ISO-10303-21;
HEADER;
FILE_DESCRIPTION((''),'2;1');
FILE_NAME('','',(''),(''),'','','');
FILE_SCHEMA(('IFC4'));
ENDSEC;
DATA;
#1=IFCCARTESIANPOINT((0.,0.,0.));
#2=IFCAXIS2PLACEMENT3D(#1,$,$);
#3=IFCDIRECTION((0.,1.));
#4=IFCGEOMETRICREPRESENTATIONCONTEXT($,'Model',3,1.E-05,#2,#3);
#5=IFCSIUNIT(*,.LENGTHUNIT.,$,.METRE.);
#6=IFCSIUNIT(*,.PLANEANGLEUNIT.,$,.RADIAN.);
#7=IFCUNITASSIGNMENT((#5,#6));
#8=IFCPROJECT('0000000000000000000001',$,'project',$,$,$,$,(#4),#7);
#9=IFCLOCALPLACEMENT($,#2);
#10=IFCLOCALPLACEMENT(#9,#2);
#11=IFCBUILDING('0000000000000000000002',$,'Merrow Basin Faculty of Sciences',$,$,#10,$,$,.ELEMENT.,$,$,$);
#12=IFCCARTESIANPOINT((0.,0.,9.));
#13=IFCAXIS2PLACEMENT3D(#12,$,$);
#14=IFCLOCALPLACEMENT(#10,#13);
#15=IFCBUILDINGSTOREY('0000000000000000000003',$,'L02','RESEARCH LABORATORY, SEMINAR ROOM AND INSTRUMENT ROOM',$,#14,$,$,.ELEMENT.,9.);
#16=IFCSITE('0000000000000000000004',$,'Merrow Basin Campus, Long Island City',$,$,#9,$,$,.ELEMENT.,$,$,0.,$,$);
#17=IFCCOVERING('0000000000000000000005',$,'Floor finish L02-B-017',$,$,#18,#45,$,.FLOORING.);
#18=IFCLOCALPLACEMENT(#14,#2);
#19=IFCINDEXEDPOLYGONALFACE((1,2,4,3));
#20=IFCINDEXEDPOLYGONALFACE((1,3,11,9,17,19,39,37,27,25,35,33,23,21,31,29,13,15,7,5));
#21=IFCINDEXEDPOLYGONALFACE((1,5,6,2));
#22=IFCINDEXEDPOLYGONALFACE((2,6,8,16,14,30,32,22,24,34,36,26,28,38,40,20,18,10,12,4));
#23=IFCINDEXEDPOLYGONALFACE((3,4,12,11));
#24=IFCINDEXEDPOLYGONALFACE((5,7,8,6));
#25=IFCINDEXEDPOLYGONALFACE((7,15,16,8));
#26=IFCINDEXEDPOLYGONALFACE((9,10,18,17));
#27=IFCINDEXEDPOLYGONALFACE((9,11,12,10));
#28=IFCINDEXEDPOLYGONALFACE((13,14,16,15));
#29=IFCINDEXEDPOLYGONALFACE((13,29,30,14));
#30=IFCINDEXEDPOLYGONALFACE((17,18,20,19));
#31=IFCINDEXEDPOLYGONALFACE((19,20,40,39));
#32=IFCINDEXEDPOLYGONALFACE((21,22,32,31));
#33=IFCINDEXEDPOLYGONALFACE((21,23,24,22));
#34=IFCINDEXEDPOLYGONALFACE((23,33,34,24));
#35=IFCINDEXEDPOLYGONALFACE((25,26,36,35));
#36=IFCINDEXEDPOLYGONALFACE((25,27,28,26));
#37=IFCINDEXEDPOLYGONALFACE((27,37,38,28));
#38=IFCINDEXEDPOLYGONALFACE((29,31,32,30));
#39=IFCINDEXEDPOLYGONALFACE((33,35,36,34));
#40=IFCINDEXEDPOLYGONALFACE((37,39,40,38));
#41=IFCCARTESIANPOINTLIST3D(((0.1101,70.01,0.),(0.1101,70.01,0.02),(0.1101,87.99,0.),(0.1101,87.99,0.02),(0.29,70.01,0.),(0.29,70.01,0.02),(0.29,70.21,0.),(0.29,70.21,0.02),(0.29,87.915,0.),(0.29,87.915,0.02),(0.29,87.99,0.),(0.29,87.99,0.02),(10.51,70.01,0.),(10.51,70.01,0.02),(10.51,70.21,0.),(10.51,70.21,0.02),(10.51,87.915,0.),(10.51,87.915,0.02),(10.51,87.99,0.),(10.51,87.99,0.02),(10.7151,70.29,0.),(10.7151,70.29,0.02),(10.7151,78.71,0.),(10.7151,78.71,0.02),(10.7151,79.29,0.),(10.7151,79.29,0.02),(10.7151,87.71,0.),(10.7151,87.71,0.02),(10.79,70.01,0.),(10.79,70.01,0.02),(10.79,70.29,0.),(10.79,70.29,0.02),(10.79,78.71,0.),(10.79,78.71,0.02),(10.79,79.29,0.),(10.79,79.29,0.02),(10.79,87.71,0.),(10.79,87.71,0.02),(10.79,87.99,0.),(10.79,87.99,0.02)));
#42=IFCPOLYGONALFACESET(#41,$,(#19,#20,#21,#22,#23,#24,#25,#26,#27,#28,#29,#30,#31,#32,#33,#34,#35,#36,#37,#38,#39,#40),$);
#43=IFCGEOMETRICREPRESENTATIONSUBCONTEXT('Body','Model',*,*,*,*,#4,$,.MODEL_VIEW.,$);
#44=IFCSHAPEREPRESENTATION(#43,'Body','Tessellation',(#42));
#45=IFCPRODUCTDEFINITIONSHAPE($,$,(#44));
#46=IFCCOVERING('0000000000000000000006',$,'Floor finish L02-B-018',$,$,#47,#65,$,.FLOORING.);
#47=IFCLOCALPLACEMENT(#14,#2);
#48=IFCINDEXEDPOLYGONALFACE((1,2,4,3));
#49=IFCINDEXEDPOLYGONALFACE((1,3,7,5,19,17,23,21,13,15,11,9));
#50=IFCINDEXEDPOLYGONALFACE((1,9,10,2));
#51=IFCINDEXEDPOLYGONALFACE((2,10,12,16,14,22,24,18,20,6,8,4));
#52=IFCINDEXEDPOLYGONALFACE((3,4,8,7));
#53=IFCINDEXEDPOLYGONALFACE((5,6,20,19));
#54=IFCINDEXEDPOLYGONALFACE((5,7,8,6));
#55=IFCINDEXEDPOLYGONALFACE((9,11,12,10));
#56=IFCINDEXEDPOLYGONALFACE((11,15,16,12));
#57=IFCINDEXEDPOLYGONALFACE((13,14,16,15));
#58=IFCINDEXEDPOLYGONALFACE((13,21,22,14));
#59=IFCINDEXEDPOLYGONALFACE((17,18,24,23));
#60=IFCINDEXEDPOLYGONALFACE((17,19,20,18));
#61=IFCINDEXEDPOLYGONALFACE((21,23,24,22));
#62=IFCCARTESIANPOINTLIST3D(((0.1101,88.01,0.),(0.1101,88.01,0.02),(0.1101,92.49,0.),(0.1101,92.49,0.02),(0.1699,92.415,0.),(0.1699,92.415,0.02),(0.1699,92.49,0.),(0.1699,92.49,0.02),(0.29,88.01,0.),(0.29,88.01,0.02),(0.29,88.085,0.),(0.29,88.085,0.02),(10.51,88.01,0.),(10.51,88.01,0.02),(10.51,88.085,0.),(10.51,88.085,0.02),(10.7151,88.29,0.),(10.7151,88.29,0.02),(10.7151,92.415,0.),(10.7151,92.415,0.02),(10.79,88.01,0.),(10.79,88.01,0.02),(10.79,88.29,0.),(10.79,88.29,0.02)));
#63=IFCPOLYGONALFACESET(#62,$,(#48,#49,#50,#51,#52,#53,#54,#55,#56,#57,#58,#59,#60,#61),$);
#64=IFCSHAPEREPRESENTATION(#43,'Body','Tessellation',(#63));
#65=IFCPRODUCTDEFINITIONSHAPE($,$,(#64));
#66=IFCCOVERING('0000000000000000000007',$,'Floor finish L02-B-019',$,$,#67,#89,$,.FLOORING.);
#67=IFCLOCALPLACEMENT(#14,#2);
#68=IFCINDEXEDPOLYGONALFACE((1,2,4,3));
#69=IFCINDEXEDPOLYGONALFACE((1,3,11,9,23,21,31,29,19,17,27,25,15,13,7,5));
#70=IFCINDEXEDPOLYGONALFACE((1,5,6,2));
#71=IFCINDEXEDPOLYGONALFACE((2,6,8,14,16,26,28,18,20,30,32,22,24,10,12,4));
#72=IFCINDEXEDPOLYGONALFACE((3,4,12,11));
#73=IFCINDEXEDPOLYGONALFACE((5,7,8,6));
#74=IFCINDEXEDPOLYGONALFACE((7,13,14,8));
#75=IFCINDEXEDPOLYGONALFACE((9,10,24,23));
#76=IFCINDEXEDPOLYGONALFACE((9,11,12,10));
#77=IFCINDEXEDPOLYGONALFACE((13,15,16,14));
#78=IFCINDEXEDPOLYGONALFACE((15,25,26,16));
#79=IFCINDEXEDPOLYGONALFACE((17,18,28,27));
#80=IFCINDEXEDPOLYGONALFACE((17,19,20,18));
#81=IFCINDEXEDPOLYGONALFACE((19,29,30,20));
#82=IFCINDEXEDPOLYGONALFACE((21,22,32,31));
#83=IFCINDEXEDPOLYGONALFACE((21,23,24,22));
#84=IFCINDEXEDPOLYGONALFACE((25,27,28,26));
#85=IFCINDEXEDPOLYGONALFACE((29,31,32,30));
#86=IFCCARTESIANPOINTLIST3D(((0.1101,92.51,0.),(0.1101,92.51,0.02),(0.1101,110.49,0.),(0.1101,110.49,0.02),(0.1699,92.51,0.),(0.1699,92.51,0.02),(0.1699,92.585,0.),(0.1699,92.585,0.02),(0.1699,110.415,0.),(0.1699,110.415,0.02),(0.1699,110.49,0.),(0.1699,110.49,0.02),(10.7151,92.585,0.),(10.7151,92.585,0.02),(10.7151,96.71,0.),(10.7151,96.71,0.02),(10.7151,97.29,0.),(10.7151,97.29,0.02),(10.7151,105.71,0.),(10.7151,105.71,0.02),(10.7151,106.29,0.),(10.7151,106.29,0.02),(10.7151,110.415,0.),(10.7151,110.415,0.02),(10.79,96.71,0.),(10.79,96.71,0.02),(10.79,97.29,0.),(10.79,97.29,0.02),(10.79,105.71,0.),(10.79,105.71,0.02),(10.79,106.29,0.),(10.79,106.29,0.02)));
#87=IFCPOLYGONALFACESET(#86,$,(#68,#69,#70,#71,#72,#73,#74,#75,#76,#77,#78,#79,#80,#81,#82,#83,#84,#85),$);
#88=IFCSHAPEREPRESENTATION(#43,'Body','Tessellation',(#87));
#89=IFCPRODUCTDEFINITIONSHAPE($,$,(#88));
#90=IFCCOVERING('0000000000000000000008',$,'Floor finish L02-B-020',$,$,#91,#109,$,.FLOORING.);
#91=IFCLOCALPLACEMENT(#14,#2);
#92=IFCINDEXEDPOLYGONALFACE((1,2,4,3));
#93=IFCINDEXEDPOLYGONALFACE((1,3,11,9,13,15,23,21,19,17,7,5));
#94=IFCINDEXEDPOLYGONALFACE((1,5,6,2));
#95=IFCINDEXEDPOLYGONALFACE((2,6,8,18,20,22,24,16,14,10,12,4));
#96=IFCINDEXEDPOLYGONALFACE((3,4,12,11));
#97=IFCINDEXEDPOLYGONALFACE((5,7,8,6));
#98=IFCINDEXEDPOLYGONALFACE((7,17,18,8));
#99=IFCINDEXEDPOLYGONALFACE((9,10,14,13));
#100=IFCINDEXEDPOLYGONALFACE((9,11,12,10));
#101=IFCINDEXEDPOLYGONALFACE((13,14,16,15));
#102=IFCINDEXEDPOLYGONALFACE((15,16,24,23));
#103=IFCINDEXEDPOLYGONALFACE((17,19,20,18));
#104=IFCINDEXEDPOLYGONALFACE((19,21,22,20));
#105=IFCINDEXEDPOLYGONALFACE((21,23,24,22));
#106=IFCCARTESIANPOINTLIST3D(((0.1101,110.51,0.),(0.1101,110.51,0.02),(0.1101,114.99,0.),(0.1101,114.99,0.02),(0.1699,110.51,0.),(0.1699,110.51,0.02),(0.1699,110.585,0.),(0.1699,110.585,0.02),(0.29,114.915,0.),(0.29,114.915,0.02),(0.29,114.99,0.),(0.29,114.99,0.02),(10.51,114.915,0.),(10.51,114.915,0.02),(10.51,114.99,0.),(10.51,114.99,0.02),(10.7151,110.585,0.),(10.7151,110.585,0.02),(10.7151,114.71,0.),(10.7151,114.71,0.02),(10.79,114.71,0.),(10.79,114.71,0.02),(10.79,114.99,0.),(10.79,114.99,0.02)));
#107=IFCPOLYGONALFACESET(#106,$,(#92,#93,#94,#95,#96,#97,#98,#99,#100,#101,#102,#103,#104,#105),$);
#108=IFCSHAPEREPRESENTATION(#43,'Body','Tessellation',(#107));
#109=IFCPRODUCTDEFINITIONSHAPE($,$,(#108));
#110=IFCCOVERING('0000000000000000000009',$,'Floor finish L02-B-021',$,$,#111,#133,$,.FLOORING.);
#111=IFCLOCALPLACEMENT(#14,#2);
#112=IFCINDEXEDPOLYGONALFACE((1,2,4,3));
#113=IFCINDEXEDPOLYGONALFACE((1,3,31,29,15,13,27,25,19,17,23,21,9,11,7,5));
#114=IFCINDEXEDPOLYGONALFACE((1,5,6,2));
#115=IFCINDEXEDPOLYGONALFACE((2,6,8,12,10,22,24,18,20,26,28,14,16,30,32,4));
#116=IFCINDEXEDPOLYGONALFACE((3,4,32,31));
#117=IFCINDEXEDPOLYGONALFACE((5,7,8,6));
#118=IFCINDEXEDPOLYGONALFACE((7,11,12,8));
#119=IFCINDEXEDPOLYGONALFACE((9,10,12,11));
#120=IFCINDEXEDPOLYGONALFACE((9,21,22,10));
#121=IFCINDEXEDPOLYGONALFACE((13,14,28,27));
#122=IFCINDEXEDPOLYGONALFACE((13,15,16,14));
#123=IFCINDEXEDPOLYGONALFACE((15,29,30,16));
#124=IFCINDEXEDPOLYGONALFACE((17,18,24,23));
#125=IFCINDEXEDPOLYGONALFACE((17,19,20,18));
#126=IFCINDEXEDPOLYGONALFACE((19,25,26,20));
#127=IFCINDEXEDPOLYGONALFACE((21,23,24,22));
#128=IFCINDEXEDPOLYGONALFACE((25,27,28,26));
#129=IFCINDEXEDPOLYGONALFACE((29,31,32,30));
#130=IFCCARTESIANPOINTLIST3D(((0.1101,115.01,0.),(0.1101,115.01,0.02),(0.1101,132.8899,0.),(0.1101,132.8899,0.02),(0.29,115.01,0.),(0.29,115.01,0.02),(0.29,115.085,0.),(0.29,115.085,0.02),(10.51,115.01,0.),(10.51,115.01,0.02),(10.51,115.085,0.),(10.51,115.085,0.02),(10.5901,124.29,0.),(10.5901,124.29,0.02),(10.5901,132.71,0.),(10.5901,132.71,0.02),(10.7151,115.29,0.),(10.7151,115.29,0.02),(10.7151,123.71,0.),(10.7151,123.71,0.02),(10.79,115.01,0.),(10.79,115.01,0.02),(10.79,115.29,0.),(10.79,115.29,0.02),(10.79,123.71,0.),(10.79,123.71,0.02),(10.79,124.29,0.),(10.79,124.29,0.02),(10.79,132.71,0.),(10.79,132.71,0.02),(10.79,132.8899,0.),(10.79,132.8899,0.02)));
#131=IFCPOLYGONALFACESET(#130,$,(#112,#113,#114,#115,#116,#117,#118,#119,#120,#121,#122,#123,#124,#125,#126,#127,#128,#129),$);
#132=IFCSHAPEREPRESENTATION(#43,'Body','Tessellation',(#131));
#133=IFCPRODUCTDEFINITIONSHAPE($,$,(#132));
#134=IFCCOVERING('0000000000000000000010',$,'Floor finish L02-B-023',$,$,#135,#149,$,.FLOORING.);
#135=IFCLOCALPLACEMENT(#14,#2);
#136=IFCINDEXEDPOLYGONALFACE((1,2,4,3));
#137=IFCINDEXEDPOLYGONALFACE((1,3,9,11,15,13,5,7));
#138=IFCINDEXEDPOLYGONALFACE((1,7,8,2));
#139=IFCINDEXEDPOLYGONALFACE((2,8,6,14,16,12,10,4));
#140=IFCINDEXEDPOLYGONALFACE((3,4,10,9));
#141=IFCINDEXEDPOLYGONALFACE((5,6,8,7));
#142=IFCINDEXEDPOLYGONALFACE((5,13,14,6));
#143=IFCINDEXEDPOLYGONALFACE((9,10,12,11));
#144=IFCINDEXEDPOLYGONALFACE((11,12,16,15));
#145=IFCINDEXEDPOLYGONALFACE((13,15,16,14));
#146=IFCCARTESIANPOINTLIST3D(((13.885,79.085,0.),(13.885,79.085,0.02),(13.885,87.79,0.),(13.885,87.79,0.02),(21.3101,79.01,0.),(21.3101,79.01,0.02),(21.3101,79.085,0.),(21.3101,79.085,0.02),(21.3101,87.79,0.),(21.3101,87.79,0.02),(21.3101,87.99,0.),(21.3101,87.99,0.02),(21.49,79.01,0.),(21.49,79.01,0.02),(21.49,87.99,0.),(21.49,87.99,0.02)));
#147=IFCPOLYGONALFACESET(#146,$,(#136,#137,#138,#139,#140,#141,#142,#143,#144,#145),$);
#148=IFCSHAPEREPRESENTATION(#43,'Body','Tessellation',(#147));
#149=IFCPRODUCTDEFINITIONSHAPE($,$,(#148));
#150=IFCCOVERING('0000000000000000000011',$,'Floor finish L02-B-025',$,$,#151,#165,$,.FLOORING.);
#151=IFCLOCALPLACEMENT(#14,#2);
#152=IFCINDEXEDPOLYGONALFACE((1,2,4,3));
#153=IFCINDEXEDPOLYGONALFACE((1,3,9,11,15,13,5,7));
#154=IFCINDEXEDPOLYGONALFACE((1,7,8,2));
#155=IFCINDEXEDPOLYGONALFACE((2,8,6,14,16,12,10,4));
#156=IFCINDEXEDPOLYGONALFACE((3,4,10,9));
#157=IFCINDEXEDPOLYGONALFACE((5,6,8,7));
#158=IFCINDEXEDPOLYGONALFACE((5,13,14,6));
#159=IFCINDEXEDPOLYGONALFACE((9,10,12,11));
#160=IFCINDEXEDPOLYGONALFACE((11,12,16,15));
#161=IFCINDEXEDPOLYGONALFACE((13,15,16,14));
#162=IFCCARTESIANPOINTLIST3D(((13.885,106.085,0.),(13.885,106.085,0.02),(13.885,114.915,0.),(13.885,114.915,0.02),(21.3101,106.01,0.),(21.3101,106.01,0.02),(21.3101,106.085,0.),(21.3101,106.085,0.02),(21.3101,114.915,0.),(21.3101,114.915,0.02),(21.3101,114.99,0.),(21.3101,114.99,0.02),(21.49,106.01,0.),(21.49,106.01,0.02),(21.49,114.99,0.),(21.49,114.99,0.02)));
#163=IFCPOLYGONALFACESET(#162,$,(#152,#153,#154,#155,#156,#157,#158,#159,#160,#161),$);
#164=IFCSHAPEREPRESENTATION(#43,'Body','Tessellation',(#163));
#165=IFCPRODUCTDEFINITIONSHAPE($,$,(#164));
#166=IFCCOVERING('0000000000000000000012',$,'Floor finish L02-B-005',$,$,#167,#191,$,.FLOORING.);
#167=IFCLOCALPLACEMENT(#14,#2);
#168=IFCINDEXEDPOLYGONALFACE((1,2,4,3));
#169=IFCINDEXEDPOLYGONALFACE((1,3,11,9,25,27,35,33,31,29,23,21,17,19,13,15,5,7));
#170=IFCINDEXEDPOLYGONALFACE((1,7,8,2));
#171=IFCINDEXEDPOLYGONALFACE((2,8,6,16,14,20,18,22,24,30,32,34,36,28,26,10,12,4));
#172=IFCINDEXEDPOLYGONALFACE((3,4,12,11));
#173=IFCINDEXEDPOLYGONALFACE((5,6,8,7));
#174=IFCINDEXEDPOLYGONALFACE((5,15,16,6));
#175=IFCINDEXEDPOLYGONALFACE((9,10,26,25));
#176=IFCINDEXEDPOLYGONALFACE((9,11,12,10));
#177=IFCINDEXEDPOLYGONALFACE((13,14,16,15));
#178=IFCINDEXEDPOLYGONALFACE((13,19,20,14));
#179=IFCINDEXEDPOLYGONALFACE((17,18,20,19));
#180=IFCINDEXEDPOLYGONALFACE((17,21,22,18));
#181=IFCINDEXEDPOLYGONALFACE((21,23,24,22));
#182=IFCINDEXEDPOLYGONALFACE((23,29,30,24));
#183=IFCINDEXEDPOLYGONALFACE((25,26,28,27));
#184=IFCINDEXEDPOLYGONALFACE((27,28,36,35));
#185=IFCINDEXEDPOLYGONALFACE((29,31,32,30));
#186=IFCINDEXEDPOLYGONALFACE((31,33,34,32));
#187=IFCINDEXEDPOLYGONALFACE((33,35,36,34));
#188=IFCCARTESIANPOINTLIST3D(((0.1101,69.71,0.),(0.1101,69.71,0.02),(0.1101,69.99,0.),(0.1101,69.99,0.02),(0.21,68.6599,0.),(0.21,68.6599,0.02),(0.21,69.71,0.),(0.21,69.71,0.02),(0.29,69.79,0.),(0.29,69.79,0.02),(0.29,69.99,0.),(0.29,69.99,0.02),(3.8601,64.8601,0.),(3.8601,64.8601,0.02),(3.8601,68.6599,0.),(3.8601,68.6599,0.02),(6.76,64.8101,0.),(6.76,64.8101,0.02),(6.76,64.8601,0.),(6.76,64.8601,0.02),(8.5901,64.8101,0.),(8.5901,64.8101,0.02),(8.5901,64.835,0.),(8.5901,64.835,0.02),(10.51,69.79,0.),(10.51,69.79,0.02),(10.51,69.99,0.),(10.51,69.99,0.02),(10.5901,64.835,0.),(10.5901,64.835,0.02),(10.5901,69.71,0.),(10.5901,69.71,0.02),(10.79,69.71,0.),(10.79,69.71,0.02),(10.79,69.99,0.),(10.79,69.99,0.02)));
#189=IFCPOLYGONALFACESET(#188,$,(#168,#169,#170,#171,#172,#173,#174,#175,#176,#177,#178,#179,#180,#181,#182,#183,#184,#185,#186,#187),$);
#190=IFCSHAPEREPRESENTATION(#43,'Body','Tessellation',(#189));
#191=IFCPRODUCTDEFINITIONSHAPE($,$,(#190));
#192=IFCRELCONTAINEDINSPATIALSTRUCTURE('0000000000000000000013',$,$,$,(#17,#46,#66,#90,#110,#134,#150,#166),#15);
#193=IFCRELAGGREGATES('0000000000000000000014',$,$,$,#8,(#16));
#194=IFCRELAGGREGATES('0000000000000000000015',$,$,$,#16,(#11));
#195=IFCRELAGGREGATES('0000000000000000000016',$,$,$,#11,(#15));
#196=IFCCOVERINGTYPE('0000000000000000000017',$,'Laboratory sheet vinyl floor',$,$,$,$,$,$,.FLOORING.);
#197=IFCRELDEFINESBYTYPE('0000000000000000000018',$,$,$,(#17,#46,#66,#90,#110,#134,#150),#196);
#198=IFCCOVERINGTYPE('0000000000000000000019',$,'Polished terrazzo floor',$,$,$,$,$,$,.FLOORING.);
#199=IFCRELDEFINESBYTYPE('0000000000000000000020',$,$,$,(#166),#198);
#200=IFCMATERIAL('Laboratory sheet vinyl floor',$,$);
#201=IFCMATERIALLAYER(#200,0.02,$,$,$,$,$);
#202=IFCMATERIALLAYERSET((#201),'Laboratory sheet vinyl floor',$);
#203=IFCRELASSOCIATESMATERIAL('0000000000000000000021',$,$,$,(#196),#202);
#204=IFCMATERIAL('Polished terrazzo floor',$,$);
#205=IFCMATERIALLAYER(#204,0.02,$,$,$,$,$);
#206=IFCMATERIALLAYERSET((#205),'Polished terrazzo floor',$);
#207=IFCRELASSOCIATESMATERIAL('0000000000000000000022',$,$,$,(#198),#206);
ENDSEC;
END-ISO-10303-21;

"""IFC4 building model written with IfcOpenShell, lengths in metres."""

from ifc_helpers import new_model, si_unit, direction, frame, origin, place, context, subcontext, project, spatial, polyline, outline, extrude, material, layer, layer_set, type_object, element, save


model = new_model("IFC4")

# Units and contexts
model_context = context("Model", 3, precision=1e-05, world=origin(), true_north=direction((0.0, 1.0)))
body_context = subcontext(model_context, "Body", "Model", "MODEL_VIEW")
ifc_project = project(units=[si_unit("LENGTHUNIT", "METRE"), si_unit("PLANEANGLEUNIT", "RADIAN")], contexts=[model_context])

# Site, building, storey
site_placement = place(None, origin())
site = spatial("IfcSite", under=ifc_project, at=site_placement, Name="Merrow Basin Campus, Long Island City", CompositionType="ELEMENT", RefElevation=0.0)
building_placement = place(site_placement, origin())
building = spatial("IfcBuilding", under=site, at=building_placement, Name="Merrow Basin Faculty of Sciences", CompositionType="ELEMENT")
storey_placement = place(building_placement, frame((0.0, 0.0, 9.0)))
storey = spatial("IfcBuildingStorey", under=building, at=storey_placement, Name="L02", Description="RESEARCH LABORATORY, SEMINAR ROOM AND INSTRUMENT ROOM", CompositionType="ELEMENT", Elevation=9.0)

# Coverings
ifc_material_1 = material(Name="Laboratory sheet vinyl floor")
ifc_layer_1 = layer(ifc_material_1, 0.02)
ifc_layer_set_1 = layer_set([ifc_layer_1], Name="Laboratory sheet vinyl floor")
covering_type_1 = type_object("IfcCoveringType", Name="Laboratory sheet vinyl floor", PredefinedType="FLOORING", material=ifc_layer_set_1)
covering_1_placement = place(storey_placement, origin())
element("IfcCovering", 1, at=covering_1_placement, inside=storey, type_object=covering_type_1, Name="Floor finish L02-B-017", PredefinedType="FLOORING", context=body_context, shape_type="SweptSolid", body=[
    extrude(outline(polyline([(10.79, 87.71), (10.7151, 87.71), (10.7151, 79.29), (10.79, 79.29), (10.79, 78.71), (10.7151, 78.71), (10.7151, 70.29), (10.79, 70.29), (10.79, 70.01), (10.51, 70.01), (10.51, 70.21), (0.29, 70.21), (0.29, 70.01), (0.1101, 70.01), (0.1101, 87.99), (0.29, 87.99), (0.29, 87.915), (10.51, 87.915), (10.51, 87.99), (10.79, 87.99), (10.79, 87.71)])), origin(), (0.0, 0.0, 1.0), 0.02),
])
covering_2_placement = place(storey_placement, origin())
element("IfcCovering", 2, at=covering_2_placement, inside=storey, type_object=covering_type_1, Name="Floor finish L02-B-018", PredefinedType="FLOORING", context=body_context, shape_type="SweptSolid", body=[
    extrude(outline(polyline([(10.7151, 92.415), (10.7151, 88.29), (10.79, 88.29), (10.79, 88.01), (10.51, 88.01), (10.51, 88.085), (0.29, 88.085), (0.29, 88.01), (0.1101, 88.01), (0.1101, 92.49), (0.1699, 92.49), (0.1699, 92.415), (10.7151, 92.415)])), origin(), (0.0, 0.0, 1.0), 0.02),
])
covering_3_placement = place(storey_placement, origin())
element("IfcCovering", 3, at=covering_3_placement, inside=storey, type_object=covering_type_1, Name="Floor finish L02-B-019", PredefinedType="FLOORING", context=body_context, shape_type="SweptSolid", body=[
    extrude(outline(polyline([(10.7151, 110.415), (10.7151, 106.29), (10.79, 106.29), (10.79, 105.71), (10.7151, 105.71), (10.7151, 97.29), (10.79, 97.29), (10.79, 96.71), (10.7151, 96.71), (10.7151, 92.585), (0.1699, 92.585), (0.1699, 92.51), (0.1101, 92.51), (0.1101, 110.49), (0.1699, 110.49), (0.1699, 110.415), (10.7151, 110.415)])), origin(), (0.0, 0.0, 1.0), 0.02),
])
covering_4_placement = place(storey_placement, origin())
element("IfcCovering", 4, at=covering_4_placement, inside=storey, type_object=covering_type_1, Name="Floor finish L02-B-020", PredefinedType="FLOORING", context=body_context, shape_type="SweptSolid", body=[
    extrude(outline(polyline([(10.7151, 110.585), (0.1699, 110.585), (0.1699, 110.51), (0.1101, 110.51), (0.1101, 114.99), (0.29, 114.99), (0.29, 114.915), (10.51, 114.915), (10.51, 114.99), (10.79, 114.99), (10.79, 114.71), (10.7151, 114.71), (10.7151, 110.585)])), origin(), (0.0, 0.0, 1.0), 0.02),
])
covering_5_placement = place(storey_placement, origin())
element("IfcCovering", 5, at=covering_5_placement, inside=storey, type_object=covering_type_1, Name="Floor finish L02-B-021", PredefinedType="FLOORING", context=body_context, shape_type="SweptSolid", body=[
    extrude(outline(polyline([(10.51, 115.01), (10.51, 115.085), (0.29, 115.085), (0.29, 115.01), (0.1101, 115.01), (0.1101, 132.8899), (10.79, 132.8899), (10.79, 132.71), (10.5901, 132.71), (10.5901, 124.29), (10.79, 124.29), (10.79, 123.71), (10.7151, 123.71), (10.7151, 115.29), (10.79, 115.29), (10.79, 115.01), (10.51, 115.01)])), origin(), (0.0, 0.0, 1.0), 0.02),
])
covering_6_placement = place(storey_placement, origin())
element("IfcCovering", 6, at=covering_6_placement, inside=storey, type_object=covering_type_1, Name="Floor finish L02-B-023", PredefinedType="FLOORING", context=body_context, shape_type="SweptSolid", body=[
    extrude(outline(polyline([(21.49, 87.99), (21.49, 79.01), (21.3101, 79.01), (21.3101, 79.085), (13.885, 79.085), (13.885, 87.79), (21.3101, 87.79), (21.3101, 87.99), (21.49, 87.99)])), origin(), (0.0, 0.0, 1.0), 0.02),
])
covering_7_placement = place(storey_placement, origin())
element("IfcCovering", 7, at=covering_7_placement, inside=storey, type_object=covering_type_1, Name="Floor finish L02-B-025", PredefinedType="FLOORING", context=body_context, shape_type="SweptSolid", body=[
    extrude(outline(polyline([(21.49, 114.99), (21.49, 106.01), (21.3101, 106.01), (21.3101, 106.085), (13.885, 106.085), (13.885, 114.915), (21.3101, 114.915), (21.3101, 114.99), (21.49, 114.99)])), origin(), (0.0, 0.0, 1.0), 0.02),
])
ifc_material_2 = material(Name="Polished terrazzo floor")
ifc_layer_2 = layer(ifc_material_2, 0.02)
ifc_layer_set_2 = layer_set([ifc_layer_2], Name="Polished terrazzo floor")
covering_type_2 = type_object("IfcCoveringType", Name="Polished terrazzo floor", PredefinedType="FLOORING", material=ifc_layer_set_2)
covering_8_placement = place(storey_placement, origin())
element("IfcCovering", 8, at=covering_8_placement, inside=storey, type_object=covering_type_2, Name="Floor finish L02-B-005", PredefinedType="FLOORING", context=body_context, shape_type="SweptSolid", body=[
    extrude(outline(polyline([(10.5901, 64.835), (8.5901, 64.835), (8.5901, 64.8101), (6.76, 64.8101), (6.76, 64.8601), (3.8601, 64.8601), (3.8601, 68.6599), (0.21, 68.6599), (0.21, 69.71), (0.1101, 69.71), (0.1101, 69.99), (0.29, 69.99), (0.29, 69.79), (10.51, 69.79), (10.51, 69.99), (10.79, 69.99), (10.79, 69.71), (10.5901, 69.71), (10.5901, 64.835)])), origin(), (0.0, 0.0, 1.0), 0.02),
])

save(model, "model.ifc")
